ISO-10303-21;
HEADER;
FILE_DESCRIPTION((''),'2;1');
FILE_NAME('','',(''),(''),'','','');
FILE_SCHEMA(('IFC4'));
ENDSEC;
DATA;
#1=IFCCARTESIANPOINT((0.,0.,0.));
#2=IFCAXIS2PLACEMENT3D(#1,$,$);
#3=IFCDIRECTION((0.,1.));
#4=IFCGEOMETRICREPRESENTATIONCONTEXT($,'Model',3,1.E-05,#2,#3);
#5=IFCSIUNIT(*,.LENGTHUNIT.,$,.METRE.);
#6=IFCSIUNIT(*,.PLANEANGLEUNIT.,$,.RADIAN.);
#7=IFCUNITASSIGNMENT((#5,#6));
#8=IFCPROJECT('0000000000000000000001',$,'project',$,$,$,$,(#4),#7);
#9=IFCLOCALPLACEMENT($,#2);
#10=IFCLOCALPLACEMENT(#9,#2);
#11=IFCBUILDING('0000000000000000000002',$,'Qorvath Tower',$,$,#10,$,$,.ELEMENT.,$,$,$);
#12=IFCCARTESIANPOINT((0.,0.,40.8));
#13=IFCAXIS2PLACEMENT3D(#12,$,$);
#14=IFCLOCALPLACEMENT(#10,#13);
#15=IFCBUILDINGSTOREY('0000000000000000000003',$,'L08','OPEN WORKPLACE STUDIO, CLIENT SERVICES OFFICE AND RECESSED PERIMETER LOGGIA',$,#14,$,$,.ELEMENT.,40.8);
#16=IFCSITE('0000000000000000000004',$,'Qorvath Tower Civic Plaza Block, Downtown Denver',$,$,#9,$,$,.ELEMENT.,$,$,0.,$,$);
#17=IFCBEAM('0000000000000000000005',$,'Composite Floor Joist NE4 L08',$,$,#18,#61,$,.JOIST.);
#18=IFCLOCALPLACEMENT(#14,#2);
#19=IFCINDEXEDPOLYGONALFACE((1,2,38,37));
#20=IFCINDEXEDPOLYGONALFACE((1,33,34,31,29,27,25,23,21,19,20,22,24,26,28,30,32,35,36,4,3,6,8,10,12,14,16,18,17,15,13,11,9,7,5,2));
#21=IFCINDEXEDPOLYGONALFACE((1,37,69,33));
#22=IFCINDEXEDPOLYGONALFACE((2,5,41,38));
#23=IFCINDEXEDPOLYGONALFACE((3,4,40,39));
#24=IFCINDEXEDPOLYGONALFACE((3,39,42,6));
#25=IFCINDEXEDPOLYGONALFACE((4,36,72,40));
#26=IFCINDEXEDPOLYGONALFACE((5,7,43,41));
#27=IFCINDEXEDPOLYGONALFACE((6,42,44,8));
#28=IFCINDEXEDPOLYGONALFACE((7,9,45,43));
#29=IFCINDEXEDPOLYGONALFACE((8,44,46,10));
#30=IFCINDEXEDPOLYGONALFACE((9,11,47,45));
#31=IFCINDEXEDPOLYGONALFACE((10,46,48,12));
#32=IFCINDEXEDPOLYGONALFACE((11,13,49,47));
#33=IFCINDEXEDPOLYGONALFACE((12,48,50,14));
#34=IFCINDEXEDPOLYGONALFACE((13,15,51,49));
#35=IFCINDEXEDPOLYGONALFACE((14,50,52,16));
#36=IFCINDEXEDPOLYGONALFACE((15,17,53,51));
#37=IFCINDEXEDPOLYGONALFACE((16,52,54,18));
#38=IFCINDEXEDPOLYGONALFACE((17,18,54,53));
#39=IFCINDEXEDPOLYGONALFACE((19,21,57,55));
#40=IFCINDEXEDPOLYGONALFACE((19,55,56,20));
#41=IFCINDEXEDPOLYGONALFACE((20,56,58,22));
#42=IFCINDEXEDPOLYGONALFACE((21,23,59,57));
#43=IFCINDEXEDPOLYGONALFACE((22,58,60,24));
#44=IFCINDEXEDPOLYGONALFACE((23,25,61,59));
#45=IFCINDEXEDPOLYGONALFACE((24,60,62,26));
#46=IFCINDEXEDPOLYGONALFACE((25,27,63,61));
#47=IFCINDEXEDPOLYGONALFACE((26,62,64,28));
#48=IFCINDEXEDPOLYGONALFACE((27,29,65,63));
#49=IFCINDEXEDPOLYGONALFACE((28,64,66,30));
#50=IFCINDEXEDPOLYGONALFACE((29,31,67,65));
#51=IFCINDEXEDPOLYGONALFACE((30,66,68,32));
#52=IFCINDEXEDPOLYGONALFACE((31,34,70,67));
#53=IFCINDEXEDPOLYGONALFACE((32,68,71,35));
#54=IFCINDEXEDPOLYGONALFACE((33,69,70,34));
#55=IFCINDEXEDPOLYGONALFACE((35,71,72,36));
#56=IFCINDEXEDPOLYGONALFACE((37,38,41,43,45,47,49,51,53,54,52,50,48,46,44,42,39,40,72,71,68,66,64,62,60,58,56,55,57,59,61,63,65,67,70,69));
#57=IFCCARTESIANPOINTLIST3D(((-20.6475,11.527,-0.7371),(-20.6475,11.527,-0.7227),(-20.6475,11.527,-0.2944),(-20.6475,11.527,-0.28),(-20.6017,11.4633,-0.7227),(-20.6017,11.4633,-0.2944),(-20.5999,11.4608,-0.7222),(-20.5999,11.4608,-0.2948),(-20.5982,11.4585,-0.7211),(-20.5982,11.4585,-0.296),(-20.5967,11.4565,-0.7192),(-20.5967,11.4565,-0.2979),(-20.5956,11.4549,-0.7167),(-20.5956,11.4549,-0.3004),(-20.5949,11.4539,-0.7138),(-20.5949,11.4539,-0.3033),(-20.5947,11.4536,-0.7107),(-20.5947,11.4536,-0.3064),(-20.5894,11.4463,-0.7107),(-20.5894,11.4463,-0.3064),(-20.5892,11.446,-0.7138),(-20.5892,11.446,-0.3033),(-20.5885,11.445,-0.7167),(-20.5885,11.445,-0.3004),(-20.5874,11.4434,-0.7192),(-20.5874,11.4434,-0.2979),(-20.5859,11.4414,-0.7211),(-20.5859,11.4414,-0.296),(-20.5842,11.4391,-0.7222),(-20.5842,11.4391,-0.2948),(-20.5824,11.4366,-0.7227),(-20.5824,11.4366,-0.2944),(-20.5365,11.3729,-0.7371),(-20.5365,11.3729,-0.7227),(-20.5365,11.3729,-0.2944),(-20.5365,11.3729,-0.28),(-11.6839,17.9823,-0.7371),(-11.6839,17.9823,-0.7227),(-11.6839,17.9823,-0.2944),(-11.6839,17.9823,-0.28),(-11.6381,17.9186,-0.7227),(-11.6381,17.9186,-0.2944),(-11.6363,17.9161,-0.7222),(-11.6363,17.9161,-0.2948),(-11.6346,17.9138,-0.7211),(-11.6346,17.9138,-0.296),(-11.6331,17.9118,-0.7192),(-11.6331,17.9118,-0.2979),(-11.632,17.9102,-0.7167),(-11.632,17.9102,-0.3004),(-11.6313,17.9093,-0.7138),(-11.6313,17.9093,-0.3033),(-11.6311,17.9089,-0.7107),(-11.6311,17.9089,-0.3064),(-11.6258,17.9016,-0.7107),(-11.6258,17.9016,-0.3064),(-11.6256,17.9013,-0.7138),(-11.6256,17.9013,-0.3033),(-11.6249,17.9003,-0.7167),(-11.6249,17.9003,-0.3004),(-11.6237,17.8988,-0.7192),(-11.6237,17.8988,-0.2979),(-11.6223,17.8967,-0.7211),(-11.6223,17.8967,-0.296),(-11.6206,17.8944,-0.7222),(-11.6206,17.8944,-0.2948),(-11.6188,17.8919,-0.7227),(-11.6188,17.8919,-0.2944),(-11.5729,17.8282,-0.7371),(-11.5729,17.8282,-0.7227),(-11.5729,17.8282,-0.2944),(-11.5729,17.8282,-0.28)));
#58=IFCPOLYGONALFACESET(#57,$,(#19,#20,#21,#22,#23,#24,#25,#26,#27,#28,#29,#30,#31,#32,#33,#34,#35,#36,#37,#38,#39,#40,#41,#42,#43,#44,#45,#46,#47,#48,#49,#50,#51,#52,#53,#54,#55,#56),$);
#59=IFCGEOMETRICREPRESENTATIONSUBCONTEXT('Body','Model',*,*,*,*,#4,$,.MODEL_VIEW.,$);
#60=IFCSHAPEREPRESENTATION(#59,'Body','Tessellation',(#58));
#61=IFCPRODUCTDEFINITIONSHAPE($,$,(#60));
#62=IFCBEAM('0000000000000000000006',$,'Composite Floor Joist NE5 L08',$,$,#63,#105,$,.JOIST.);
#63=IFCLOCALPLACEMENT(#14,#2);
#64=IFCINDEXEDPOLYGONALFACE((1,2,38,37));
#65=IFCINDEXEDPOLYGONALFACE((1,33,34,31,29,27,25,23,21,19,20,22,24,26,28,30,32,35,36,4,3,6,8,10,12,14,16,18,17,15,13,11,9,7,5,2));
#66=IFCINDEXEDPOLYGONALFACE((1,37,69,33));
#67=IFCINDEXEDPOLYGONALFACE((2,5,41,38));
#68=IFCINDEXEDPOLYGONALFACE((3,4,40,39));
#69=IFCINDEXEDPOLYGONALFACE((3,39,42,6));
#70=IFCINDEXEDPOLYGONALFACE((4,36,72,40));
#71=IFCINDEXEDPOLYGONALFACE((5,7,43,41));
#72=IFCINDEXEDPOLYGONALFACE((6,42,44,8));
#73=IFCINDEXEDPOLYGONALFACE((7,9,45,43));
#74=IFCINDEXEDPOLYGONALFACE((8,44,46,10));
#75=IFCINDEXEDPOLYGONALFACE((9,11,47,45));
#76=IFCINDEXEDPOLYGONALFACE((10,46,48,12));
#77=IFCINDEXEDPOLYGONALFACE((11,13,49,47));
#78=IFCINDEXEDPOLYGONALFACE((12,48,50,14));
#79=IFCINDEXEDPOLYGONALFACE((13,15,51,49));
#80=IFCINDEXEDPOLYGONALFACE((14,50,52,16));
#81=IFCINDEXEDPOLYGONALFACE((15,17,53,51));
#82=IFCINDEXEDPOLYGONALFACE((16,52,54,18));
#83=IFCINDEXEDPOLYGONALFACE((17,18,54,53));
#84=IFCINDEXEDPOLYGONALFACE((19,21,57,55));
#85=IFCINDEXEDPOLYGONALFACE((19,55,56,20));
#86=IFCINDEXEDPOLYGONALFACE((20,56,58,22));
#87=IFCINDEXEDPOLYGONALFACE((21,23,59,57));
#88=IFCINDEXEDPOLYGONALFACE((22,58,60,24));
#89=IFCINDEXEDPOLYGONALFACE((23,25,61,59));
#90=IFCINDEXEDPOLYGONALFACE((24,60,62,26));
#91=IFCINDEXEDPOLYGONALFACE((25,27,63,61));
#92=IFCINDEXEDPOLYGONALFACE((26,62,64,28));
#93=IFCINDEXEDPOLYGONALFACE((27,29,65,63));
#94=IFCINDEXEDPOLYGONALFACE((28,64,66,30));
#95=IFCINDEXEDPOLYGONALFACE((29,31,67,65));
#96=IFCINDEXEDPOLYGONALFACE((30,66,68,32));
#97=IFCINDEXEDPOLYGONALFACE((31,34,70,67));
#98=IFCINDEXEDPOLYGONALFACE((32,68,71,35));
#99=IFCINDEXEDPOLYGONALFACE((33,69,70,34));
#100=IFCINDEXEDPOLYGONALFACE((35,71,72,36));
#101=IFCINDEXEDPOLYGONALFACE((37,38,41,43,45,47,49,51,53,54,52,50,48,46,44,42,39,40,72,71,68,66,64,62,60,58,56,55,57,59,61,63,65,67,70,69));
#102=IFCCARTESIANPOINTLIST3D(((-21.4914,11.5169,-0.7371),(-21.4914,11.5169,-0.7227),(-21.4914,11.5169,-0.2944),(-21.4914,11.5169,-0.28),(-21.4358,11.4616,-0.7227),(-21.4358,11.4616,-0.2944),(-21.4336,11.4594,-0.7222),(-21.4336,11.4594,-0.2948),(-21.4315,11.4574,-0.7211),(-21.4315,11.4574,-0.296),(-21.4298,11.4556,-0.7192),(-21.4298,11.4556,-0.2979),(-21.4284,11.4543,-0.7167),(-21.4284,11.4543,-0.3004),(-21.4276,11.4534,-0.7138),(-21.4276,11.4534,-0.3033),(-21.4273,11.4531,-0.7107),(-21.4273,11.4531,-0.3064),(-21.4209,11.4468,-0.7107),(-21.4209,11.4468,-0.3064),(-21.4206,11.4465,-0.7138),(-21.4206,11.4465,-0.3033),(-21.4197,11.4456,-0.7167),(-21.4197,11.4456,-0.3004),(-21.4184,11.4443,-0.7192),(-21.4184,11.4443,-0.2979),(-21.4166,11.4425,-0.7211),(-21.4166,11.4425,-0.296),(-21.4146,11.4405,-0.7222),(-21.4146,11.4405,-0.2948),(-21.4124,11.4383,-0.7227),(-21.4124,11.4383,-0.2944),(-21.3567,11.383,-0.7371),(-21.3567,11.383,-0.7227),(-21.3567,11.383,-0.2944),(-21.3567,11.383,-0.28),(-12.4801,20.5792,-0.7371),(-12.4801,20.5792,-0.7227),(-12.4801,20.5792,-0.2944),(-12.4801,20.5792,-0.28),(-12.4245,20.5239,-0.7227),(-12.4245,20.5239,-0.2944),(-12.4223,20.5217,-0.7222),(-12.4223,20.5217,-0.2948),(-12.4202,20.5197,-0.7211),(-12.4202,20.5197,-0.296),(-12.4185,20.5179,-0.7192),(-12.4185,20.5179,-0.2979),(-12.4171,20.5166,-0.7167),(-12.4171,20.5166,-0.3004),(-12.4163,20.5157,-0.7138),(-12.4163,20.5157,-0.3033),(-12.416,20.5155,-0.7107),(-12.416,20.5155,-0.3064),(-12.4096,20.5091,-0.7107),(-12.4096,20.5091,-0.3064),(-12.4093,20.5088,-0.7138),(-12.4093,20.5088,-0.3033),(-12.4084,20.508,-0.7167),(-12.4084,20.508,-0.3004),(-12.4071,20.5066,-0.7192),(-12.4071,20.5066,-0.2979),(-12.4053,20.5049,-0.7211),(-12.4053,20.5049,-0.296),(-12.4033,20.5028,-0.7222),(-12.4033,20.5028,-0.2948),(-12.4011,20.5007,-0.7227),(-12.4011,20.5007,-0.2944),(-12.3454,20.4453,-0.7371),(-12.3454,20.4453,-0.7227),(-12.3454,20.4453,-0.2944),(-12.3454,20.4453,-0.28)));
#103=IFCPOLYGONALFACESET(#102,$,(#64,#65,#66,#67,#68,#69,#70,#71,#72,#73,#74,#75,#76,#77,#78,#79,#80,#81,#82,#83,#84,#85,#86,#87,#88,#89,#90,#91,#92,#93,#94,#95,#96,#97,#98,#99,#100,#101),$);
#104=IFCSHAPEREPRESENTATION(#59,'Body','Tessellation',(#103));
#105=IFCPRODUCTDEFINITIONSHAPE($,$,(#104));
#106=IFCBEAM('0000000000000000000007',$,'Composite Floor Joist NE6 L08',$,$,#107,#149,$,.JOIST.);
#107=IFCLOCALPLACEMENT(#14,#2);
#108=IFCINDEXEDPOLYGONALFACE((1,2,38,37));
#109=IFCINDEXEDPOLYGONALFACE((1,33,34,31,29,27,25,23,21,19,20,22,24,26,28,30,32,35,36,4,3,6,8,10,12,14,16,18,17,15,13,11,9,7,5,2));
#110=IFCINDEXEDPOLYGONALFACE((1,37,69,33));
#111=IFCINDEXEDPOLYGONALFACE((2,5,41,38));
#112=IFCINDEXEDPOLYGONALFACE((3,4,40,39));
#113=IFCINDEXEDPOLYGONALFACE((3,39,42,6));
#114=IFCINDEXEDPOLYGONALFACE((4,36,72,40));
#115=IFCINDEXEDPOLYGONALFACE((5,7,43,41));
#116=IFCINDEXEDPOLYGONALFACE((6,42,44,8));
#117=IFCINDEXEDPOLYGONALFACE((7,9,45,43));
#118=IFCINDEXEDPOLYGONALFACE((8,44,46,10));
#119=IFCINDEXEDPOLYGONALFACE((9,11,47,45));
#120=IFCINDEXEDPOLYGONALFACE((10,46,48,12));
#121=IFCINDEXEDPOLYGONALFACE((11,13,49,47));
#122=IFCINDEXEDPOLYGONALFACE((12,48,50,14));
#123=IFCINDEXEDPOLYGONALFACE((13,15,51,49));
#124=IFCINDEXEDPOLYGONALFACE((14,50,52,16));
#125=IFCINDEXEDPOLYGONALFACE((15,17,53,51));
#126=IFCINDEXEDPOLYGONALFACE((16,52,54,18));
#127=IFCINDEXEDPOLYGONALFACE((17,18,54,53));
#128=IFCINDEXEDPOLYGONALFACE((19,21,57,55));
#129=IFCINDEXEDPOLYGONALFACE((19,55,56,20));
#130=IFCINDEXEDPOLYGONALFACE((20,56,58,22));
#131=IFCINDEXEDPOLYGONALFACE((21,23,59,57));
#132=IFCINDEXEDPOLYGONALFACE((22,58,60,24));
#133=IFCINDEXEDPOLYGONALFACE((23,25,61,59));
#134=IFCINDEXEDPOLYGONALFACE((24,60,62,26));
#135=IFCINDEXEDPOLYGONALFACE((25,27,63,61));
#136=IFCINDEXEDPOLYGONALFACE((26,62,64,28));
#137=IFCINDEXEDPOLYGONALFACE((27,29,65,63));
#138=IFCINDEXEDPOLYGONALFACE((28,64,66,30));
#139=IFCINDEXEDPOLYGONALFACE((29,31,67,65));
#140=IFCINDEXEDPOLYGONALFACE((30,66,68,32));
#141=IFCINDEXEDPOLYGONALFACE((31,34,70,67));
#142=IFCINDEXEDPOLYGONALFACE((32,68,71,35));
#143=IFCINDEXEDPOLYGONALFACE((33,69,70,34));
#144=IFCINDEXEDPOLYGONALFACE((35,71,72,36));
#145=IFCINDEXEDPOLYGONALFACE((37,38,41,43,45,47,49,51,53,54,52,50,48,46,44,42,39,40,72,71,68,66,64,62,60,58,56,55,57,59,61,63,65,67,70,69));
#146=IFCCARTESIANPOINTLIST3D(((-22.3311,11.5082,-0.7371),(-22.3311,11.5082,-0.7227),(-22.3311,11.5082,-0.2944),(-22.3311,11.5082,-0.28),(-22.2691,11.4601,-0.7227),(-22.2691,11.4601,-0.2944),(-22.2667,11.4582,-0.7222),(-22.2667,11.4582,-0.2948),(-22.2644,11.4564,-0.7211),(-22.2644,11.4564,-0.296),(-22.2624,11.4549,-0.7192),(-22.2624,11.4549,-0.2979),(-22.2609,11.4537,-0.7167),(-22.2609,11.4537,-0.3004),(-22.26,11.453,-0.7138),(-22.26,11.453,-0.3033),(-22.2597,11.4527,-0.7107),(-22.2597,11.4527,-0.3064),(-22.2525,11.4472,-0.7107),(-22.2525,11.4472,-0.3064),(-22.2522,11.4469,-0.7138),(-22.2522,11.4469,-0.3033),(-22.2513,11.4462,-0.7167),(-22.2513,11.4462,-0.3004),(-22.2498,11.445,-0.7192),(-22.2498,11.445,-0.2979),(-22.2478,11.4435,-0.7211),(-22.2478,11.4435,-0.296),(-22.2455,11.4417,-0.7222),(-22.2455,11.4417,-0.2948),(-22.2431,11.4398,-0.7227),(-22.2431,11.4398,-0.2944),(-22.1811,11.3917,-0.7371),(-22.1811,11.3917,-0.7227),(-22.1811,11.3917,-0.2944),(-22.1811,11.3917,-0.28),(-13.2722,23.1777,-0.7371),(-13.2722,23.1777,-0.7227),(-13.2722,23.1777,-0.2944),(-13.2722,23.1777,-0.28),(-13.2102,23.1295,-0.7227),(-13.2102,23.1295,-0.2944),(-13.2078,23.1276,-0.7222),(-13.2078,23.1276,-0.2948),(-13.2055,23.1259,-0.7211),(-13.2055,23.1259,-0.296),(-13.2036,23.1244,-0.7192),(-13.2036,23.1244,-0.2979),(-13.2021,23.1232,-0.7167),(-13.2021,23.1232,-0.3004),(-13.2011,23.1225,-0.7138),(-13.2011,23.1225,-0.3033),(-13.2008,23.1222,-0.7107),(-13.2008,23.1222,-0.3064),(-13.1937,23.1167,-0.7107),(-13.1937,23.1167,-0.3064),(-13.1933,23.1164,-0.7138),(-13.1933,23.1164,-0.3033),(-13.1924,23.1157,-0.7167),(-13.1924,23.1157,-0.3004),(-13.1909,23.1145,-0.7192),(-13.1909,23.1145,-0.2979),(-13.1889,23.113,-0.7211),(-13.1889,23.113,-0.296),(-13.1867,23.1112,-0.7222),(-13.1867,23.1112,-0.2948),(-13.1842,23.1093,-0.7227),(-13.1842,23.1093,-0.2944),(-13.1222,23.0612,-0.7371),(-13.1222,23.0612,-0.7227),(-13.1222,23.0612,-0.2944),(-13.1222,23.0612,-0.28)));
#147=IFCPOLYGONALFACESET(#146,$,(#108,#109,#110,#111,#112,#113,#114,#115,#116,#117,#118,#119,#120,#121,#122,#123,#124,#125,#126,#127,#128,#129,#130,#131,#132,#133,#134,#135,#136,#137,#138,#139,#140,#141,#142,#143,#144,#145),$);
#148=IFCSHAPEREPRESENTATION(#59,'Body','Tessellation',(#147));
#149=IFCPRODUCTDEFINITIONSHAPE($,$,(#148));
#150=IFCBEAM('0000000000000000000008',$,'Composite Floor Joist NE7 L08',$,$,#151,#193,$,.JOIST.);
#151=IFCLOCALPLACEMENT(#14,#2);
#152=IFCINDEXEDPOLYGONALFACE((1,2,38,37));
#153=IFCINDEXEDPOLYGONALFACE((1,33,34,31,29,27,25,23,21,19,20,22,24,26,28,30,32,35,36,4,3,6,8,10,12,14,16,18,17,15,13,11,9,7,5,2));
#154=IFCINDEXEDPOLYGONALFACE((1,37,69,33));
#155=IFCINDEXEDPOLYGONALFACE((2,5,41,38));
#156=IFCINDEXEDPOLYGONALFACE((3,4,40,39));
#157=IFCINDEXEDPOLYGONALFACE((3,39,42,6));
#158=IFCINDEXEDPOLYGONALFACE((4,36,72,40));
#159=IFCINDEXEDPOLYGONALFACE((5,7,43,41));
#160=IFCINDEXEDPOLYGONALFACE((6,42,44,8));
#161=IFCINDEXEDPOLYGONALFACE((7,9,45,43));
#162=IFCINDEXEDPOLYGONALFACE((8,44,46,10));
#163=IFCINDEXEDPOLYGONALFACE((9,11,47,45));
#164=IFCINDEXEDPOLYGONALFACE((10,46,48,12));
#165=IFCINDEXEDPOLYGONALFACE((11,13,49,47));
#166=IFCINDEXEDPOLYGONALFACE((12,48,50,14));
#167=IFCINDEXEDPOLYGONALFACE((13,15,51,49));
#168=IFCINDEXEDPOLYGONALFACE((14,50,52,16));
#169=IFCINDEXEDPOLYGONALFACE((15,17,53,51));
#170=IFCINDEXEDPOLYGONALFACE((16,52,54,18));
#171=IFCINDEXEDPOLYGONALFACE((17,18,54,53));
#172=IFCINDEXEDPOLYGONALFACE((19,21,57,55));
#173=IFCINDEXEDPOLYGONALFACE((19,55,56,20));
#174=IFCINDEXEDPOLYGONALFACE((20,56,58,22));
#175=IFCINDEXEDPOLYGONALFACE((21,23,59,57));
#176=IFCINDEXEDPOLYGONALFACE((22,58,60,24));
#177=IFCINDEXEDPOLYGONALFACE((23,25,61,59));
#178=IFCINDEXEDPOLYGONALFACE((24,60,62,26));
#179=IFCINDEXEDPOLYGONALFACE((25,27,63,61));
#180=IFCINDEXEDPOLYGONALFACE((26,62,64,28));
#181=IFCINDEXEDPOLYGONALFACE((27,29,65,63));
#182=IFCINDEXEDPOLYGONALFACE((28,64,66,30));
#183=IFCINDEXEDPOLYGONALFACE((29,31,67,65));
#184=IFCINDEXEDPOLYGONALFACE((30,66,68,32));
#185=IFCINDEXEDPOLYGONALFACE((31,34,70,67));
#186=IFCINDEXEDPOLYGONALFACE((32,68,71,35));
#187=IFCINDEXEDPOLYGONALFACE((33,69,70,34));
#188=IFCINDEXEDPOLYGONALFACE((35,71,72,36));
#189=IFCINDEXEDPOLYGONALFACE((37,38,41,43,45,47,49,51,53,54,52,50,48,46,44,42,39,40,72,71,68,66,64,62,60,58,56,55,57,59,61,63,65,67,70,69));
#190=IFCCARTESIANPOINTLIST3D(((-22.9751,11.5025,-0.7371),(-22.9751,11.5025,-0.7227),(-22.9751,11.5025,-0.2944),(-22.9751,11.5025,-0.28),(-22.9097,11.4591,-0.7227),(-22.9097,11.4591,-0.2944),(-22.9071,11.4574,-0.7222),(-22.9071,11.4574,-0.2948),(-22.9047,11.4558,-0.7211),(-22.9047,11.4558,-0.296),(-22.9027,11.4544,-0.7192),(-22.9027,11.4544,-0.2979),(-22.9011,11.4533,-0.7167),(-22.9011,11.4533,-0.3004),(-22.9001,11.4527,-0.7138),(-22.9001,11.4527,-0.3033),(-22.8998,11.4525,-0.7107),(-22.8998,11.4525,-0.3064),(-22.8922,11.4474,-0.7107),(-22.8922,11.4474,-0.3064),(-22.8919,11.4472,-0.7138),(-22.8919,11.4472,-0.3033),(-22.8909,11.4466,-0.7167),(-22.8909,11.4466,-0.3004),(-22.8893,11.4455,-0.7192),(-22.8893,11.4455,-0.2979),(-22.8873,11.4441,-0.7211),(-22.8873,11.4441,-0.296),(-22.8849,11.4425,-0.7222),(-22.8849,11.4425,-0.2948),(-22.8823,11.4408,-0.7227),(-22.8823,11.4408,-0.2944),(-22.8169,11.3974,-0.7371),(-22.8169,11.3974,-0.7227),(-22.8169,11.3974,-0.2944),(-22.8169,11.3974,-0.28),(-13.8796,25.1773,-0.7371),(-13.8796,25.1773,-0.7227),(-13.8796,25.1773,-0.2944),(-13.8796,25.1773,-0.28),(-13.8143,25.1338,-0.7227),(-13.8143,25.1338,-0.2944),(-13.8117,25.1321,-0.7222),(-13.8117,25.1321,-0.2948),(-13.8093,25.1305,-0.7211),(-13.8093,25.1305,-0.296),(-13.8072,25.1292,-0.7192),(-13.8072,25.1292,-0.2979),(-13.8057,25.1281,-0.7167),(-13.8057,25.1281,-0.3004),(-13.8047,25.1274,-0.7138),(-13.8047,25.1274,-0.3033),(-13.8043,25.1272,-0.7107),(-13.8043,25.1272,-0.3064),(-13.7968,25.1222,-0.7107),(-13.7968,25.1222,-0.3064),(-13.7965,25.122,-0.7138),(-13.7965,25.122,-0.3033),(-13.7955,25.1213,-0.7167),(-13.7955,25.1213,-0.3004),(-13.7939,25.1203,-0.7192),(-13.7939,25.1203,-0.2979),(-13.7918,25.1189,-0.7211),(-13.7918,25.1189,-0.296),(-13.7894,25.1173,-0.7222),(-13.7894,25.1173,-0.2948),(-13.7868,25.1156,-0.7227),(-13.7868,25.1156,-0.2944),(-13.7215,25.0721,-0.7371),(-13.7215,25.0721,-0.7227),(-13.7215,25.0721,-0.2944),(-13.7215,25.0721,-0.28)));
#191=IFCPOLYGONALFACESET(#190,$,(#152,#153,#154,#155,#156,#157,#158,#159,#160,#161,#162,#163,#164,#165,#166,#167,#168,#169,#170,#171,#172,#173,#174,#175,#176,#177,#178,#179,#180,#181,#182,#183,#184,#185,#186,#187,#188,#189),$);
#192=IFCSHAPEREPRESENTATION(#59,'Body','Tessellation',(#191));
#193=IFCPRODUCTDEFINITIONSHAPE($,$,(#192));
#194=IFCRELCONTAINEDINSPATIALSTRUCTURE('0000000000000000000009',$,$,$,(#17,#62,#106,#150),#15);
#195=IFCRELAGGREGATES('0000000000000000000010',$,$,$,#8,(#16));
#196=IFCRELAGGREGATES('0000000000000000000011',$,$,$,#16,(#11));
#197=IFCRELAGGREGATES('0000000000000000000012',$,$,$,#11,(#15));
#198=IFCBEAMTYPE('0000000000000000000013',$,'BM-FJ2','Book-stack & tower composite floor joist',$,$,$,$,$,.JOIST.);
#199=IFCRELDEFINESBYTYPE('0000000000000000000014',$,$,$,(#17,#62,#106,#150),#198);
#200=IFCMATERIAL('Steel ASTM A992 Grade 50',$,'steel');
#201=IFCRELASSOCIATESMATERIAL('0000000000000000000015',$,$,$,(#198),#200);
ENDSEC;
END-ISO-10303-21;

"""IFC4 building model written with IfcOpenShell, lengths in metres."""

from ifc_helpers import new_model, si_unit, direction, frame, origin, origin_2d, place, context, subcontext, project, spatial, i_section, extrude, material, material_profile, profile_set, type_object, element, save


model = new_model("IFC4")

# Units and contexts
model_context = context("Model", 3, precision=1e-05, world=origin(), true_north=direction((0.0, 1.0)))
body_context = subcontext(model_context, "Body", "Model", "MODEL_VIEW")
ifc_project = project(units=[si_unit("LENGTHUNIT", "METRE"), si_unit("PLANEANGLEUNIT", "RADIAN")], contexts=[model_context])

# Site, building, storey
site_placement = place(None, origin())
site = spatial("IfcSite", under=ifc_project, at=site_placement, Name="Qorvath Tower Civic Plaza Block, Downtown Denver", CompositionType="ELEMENT", RefElevation=0.0)
building_placement = place(site_placement, origin())
building = spatial("IfcBuilding", under=site, at=building_placement, Name="Qorvath Tower", CompositionType="ELEMENT")
storey_placement = place(building_placement, frame((0.0, 0.0, 40.8)))
storey = spatial("IfcBuildingStorey", under=building, at=storey_placement, Name="L08", Description="OPEN WORKPLACE STUDIO, CLIENT SERVICES OFFICE AND RECESSED PERIMETER LOGGIA", CompositionType="ELEMENT", Elevation=40.8)

# Beams
ifc_material_1 = material(Name="Steel ASTM A992 Grade 50", Category="steel")
ifc_material_profile_1 = material_profile(ifc_material_1, i_section(OverallWidth=0.1899, OverallDepth=0.457, WebThickness=0.009, FlangeThickness=0.0144, FilletRadius=0.012, at=origin_2d()), Name="W18x50")
ifc_profile_set_1 = profile_set([ifc_material_profile_1], Name="Steel ASTM A992 Grade 50")
beam_type_1 = type_object("IfcBeamType", Name="BM-FJ2", Description="Book-stack & tower composite floor joist", PredefinedType="JOIST", material=ifc_profile_set_1)
beam_1_placement = place(storey_placement, frame((-20.592, 11.45, -0.5085), z_axis=(0.811469, 0.584395, 0.0), x_axis=(-0.584395, 0.811469, 0.0)))
element("IfcBeam", 1, at=beam_1_placement, inside=storey, type_object=beam_type_1, Name="Composite Floor Joist NE4 L08", PredefinedType="JOIST", context=body_context, shape_type="SweptSolid", body=[
    extrude(i_section(OverallWidth=0.1899, OverallDepth=0.457, WebThickness=0.009, FlangeThickness=0.0144, FilletRadius=0.012, at=origin_2d()), origin(), (0.0, 0.0, 1.0), 11.0461),
])
beam_2_placement = place(storey_placement, frame((-21.4241, 11.45, -0.5085), z_axis=(0.705108, 0.7091, 0.0), x_axis=(-0.7091, 0.705108, 0.0)))
element("IfcBeam", 2, at=beam_2_placement, inside=storey, type_object=beam_type_1, Name="Composite Floor Joist NE5 L08", PredefinedType="JOIST", context=body_context, shape_type="SweptSolid", body=[
    extrude(i_section(OverallWidth=0.1899, OverallDepth=0.457, WebThickness=0.009, FlangeThickness=0.0144, FilletRadius=0.012, at=origin_2d()), origin(), (0.0, 0.0, 1.0), 12.78),
])
beam_3_placement = place(storey_placement, frame((-22.2561, 11.45, -0.5085), z_axis=(0.613207, 0.789922, 0.0), x_axis=(-0.789922, 0.613207, 0.0)))
element("IfcBeam", 3, at=beam_3_placement, inside=storey, type_object=beam_type_1, Name="Composite Floor Joist NE6 L08", PredefinedType="JOIST", context=body_context, shape_type="SweptSolid", body=[
    extrude(i_section(OverallWidth=0.1899, OverallDepth=0.457, WebThickness=0.009, FlangeThickness=0.0144, FilletRadius=0.012, at=origin_2d()), origin(), (0.0, 0.0, 1.0), 14.7729),
])
beam_4_placement = place(storey_placement, frame((-22.896, 11.45, -0.5085), z_axis=(0.553811, 0.832642, 0.0), x_axis=(-0.832642, 0.553811, 0.0)))
element("IfcBeam", 4, at=beam_4_placement, inside=storey, type_object=beam_type_1, Name="Composite Floor Joist NE7 L08", PredefinedType="JOIST", context=body_context, shape_type="SweptSolid", body=[
    extrude(i_section(OverallWidth=0.1899, OverallDepth=0.457, WebThickness=0.009, FlangeThickness=0.0144, FilletRadius=0.012, at=origin_2d()), origin(), (0.0, 0.0, 1.0), 16.4233),
])

save(model, "model.ifc")
